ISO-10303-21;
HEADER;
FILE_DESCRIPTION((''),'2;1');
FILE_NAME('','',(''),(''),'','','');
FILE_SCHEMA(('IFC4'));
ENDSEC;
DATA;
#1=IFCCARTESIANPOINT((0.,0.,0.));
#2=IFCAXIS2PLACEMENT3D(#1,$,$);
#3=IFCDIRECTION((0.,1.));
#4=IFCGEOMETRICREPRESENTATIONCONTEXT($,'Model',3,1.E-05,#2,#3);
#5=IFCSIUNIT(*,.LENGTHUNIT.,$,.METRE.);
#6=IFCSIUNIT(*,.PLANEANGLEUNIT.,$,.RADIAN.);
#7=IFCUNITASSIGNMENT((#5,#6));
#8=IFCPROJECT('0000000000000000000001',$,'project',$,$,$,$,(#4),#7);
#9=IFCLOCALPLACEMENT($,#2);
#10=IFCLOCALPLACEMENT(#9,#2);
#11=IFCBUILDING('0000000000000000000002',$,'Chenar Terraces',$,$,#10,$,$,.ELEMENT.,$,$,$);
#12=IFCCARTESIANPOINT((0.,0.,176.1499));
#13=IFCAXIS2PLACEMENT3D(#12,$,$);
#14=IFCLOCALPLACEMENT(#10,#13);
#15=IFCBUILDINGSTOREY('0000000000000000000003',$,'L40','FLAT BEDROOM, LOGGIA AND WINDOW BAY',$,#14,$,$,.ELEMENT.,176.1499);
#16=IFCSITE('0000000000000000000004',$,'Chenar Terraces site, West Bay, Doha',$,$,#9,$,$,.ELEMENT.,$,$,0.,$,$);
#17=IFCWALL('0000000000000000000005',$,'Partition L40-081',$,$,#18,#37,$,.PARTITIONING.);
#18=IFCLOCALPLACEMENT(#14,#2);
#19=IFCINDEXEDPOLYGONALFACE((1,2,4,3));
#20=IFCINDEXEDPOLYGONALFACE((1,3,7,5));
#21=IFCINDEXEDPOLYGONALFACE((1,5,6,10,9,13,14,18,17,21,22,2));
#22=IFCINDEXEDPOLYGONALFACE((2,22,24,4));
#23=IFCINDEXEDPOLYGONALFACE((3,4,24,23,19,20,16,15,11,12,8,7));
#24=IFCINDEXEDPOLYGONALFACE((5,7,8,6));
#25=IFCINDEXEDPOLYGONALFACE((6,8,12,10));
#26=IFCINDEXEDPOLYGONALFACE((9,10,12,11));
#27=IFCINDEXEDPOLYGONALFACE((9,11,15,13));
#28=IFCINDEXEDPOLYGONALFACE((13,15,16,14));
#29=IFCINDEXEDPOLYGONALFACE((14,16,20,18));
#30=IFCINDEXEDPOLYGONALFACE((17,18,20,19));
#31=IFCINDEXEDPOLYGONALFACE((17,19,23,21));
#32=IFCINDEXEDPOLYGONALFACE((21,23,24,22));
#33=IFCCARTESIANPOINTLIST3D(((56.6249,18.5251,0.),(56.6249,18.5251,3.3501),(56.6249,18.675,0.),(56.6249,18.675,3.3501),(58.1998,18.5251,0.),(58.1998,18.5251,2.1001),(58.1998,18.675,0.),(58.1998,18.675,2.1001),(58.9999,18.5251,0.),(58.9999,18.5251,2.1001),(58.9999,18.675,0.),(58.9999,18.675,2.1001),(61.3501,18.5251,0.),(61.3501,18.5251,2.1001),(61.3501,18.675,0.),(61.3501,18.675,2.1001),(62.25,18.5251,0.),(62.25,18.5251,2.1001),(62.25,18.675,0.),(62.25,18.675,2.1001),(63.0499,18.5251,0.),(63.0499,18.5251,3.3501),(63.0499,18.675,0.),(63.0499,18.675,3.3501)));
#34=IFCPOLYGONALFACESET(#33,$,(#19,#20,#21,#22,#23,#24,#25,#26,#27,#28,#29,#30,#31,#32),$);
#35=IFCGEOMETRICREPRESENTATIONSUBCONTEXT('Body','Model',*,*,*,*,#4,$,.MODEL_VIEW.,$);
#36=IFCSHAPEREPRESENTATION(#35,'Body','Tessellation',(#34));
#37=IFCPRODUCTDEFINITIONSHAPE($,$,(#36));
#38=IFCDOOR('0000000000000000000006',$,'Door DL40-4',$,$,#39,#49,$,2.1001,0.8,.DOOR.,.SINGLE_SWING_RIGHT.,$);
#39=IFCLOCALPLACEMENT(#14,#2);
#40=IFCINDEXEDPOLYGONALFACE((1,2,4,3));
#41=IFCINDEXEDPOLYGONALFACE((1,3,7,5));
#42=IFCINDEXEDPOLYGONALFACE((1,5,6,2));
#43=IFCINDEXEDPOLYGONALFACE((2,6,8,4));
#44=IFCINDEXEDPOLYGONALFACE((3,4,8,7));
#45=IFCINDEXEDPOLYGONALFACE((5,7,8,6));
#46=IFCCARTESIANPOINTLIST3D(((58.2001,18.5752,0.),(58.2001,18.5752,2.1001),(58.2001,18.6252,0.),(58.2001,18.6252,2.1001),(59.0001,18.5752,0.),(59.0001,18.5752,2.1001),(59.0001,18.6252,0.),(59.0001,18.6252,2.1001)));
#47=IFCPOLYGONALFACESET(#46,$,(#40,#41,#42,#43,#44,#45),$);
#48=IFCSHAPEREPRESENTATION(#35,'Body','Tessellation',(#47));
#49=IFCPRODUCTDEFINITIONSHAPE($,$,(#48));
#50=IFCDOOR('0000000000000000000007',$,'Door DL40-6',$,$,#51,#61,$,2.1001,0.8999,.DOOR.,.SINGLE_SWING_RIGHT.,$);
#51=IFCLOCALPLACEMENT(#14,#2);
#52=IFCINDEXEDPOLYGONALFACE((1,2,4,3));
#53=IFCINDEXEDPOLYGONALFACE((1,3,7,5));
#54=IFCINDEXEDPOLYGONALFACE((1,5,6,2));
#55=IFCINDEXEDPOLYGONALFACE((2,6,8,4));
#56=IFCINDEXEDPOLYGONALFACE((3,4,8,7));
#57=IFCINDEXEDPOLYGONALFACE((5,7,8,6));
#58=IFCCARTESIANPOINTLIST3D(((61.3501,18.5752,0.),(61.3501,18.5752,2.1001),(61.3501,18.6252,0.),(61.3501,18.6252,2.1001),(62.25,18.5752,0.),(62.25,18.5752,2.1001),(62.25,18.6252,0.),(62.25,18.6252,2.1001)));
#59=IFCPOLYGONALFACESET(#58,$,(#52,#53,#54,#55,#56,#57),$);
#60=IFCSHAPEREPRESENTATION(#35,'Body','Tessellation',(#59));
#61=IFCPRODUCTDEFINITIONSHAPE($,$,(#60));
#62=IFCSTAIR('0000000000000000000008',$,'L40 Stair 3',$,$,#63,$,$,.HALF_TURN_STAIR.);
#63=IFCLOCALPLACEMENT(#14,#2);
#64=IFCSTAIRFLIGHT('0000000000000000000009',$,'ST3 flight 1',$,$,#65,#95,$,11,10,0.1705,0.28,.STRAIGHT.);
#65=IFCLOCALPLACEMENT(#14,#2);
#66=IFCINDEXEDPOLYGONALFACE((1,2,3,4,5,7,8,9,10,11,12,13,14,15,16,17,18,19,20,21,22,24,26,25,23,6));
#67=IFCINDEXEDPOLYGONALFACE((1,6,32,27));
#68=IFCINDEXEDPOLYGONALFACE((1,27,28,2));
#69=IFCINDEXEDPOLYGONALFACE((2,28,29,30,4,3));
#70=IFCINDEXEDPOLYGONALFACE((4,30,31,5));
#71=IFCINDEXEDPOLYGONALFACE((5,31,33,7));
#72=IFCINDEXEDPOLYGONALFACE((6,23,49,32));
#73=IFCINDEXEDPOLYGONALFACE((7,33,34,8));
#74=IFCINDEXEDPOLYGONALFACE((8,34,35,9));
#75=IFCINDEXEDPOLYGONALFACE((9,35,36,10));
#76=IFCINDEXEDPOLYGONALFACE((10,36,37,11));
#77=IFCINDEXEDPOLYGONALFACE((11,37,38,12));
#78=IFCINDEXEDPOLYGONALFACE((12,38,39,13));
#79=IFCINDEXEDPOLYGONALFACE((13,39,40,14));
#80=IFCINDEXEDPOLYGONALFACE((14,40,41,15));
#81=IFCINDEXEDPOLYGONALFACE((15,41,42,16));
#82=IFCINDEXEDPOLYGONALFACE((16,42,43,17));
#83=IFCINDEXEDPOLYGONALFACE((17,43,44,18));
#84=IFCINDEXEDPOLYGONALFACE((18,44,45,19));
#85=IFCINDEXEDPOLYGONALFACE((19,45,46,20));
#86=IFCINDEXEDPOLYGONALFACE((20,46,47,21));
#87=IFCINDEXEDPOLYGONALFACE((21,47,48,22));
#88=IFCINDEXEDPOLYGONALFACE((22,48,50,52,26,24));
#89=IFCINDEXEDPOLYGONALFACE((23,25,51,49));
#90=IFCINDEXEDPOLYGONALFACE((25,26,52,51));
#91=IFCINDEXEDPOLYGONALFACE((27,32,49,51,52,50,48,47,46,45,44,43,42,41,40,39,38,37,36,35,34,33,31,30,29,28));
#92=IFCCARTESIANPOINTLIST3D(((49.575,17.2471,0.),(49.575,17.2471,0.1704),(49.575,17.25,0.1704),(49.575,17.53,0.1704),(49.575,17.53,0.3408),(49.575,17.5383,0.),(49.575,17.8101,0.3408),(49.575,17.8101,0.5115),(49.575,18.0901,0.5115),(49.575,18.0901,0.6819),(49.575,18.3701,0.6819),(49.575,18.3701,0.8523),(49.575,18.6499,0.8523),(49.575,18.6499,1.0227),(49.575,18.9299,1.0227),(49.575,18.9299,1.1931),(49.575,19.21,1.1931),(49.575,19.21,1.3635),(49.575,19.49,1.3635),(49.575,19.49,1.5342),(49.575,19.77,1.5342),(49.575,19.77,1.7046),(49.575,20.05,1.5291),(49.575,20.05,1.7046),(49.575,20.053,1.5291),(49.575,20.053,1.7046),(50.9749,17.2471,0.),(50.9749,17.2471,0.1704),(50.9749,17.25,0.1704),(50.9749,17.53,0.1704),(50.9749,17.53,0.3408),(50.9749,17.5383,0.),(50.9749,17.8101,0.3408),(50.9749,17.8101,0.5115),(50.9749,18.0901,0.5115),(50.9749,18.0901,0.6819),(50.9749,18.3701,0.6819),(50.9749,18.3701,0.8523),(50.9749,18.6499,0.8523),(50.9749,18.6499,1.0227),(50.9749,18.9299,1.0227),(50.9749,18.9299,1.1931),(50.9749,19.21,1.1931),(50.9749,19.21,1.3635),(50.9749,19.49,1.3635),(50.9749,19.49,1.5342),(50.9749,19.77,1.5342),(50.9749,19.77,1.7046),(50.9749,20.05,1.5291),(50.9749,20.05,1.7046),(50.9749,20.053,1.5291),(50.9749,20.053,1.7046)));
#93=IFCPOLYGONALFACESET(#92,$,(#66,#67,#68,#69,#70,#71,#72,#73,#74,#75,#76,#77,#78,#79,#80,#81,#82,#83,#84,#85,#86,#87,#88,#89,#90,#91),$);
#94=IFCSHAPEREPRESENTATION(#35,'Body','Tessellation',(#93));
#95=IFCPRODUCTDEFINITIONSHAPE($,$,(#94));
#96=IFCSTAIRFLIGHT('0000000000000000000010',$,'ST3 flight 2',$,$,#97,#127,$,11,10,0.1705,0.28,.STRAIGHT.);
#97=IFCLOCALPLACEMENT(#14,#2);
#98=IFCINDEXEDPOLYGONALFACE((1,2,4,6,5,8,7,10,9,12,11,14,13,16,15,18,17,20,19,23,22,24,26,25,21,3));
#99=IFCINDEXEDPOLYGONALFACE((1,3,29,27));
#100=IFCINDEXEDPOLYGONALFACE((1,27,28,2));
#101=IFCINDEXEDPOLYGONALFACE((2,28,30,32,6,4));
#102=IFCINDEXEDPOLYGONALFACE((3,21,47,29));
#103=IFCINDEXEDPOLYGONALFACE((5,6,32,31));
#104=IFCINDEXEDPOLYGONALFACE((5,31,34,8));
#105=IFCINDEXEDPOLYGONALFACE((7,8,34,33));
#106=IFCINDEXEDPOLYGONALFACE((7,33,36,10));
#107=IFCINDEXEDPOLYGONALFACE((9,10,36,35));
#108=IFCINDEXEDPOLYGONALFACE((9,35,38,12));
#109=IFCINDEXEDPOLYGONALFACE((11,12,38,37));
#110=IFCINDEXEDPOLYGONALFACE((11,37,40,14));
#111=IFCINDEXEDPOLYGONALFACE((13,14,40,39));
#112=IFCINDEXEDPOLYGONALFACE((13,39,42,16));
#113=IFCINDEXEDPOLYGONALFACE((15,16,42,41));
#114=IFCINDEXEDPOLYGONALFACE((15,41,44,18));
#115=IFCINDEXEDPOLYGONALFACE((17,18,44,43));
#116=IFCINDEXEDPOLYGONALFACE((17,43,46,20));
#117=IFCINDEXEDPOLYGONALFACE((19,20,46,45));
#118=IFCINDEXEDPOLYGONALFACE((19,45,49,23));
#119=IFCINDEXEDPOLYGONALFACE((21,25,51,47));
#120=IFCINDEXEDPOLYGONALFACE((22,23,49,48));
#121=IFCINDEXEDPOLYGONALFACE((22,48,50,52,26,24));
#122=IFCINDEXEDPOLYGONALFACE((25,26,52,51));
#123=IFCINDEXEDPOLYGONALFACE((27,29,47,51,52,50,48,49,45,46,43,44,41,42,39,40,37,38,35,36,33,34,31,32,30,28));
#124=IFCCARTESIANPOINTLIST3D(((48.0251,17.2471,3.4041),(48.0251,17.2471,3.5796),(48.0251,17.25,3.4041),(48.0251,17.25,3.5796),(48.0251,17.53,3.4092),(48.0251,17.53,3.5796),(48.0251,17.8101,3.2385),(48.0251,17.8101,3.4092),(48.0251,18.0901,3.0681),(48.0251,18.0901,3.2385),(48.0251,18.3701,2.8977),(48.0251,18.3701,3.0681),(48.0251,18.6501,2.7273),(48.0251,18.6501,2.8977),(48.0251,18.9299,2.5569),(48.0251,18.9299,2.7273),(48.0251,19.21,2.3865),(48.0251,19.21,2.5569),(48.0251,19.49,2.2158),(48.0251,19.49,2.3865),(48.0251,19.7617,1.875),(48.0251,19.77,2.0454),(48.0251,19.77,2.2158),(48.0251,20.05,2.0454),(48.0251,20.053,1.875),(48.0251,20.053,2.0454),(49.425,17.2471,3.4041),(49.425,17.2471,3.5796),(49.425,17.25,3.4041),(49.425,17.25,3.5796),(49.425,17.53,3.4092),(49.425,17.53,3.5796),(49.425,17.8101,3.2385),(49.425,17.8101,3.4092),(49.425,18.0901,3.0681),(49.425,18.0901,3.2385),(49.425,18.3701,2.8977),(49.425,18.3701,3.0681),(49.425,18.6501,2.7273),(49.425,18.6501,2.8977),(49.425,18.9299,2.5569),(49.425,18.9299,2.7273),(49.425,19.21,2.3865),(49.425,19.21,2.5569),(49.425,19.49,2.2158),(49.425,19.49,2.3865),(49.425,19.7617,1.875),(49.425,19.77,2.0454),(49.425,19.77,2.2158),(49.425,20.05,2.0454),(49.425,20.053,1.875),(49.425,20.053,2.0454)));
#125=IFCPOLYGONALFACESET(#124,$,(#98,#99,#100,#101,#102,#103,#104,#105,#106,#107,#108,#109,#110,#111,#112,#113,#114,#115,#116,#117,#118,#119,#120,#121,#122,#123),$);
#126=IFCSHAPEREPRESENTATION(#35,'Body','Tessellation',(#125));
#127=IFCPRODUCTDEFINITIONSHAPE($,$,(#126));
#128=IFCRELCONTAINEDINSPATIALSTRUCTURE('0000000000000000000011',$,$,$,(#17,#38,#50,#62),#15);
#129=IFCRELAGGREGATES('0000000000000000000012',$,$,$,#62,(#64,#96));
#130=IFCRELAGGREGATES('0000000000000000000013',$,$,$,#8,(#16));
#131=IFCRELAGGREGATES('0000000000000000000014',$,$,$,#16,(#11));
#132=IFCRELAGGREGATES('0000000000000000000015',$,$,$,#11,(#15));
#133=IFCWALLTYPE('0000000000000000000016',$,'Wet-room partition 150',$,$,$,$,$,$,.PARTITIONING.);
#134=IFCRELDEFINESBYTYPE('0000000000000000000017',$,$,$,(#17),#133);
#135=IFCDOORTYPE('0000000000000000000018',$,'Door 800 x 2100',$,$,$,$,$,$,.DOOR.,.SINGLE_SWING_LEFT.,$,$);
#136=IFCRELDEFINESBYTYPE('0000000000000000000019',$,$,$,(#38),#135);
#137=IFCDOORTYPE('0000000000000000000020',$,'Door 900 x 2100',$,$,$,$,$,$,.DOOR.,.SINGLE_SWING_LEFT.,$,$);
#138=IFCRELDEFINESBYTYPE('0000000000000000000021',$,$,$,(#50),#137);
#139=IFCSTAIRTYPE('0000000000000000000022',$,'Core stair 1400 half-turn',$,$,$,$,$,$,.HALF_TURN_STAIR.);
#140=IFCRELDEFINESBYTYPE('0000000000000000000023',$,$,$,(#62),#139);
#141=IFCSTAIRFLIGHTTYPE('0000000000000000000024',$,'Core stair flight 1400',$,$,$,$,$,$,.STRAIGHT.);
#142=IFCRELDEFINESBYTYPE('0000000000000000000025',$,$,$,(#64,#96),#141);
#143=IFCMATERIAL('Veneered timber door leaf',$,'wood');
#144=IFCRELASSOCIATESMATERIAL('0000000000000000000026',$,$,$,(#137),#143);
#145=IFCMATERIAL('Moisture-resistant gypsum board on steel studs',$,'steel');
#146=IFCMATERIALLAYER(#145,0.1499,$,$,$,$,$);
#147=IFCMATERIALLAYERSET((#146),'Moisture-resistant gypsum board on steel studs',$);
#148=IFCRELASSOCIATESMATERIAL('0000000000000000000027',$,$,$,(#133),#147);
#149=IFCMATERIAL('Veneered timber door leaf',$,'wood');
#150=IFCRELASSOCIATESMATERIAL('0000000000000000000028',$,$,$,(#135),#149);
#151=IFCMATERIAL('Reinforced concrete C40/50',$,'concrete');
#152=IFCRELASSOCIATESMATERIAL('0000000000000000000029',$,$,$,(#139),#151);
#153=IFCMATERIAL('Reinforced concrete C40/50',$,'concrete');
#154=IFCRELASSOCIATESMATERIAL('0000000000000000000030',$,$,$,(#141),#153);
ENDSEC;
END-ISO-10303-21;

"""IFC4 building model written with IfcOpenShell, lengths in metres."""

from ifc_helpers import new_model, si_unit, direction, frame, frame_2d, origin, place, context, subcontext, project, spatial, polyline, rectangle, outline, extrude, material, layer, layer_set, type_object, element, fill, aggregate, save


model = new_model("IFC4")

# Units and contexts
model_context = context("Model", 3, precision=1e-05, world=origin(), true_north=direction((0.0, 1.0)))
body_context = subcontext(model_context, "Body", "Model", "MODEL_VIEW")
ifc_project = project(units=[si_unit("LENGTHUNIT", "METRE"), si_unit("PLANEANGLEUNIT", "RADIAN")], contexts=[model_context])

# Site, building, storey
site_placement = place(None, origin())
site = spatial("IfcSite", under=ifc_project, at=site_placement, Name="Chenar Terraces site, West Bay, Doha", CompositionType="ELEMENT", RefElevation=0.0)
building_placement = place(site_placement, origin())
building = spatial("IfcBuilding", under=site, at=building_placement, Name="Chenar Terraces", CompositionType="ELEMENT")
storey_placement = place(building_placement, frame((0.0, 0.0, 176.1499)))
storey = spatial("IfcBuildingStorey", under=building, at=storey_placement, Name="L40", Description="FLAT BEDROOM, LOGGIA AND WINDOW BAY", CompositionType="ELEMENT", Elevation=176.1499)

# Shared definitions
ifc_material_1 = material(Name="Veneered timber door leaf", Category="wood")
door_type_1 = type_object("IfcDoorType", Name="Door 900 x 2100", OperationType="SINGLE_SWING_LEFT", PredefinedType="DOOR", material=ifc_material_1)

# Wall, openings, doors
ifc_material_2 = material(Name="Moisture-resistant gypsum board on steel studs", Category="steel")
ifc_layer_1 = layer(ifc_material_2, 0.1499)
ifc_layer_set_1 = layer_set([ifc_layer_1], Name="Moisture-resistant gypsum board on steel studs")
wall_type_1 = type_object("IfcWallType", Name="Wet-room partition 150", PredefinedType="PARTITIONING", material=ifc_layer_set_1)
wall_1_placement = place(storey_placement, frame((56.625, 18.6001, 0.0), z_axis=(0.0, 0.0, 1.0), x_axis=(1.0, 0.0, 0.0)))
wall_1 = element("IfcWall", 1, at=wall_1_placement, inside=storey, type_object=wall_type_1, Name="Partition L40-081", PredefinedType="PARTITIONING", context=body_context, shape_type="SweptSolid", body=[
    extrude(rectangle(XDim=6.425, YDim=0.1499, at=frame_2d((3.2124, 0.0))), origin(), (0.0, 0.0, 1.0), 3.3501),
])
opening_1_placement = place(wall_1_placement, frame((1.575, 0.0, 0.0)))
opening_1 = element("IfcOpeningElement", 2, at=opening_1_placement, cuts=wall_1, PredefinedType="OPENING", context=body_context, shape_type="SweptSolid", body=[
    extrude(rectangle(XDim=0.8, YDim=2.1001, at=frame_2d((0.3999, 1.05))), frame((0.0, 0.085, 0.0), z_axis=(0.0, -1.0, 0.0), x_axis=(1.0, 0.0, 0.0)), (0.0, 0.0, 1.0), 0.1699),
])
opening_2_placement = place(wall_1_placement, frame((4.7251, 0.0, 0.0)))
opening_2 = element("IfcOpeningElement", 3, at=opening_2_placement, cuts=wall_1, PredefinedType="OPENING", context=body_context, shape_type="SweptSolid", body=[
    extrude(rectangle(XDim=0.8999, YDim=2.1001, at=frame_2d((0.45, 1.05))), frame((0.0, 0.085, 0.0), z_axis=(0.0, -1.0, 0.0), x_axis=(1.0, 0.0, 0.0)), (0.0, 0.0, 1.0), 0.1699),
])
ifc_material_3 = material(Name="Veneered timber door leaf", Category="wood")
door_type_2 = type_object("IfcDoorType", Name="Door 800 x 2100", OperationType="SINGLE_SWING_LEFT", PredefinedType="DOOR", material=ifc_material_3)
door_1_placement = place(opening_1_placement, frame((0.8, 0.0, 0.0), z_axis=(0.0, 0.0, 1.0), x_axis=(-1.0, 0.0, 0.0)))
door_1 = element("IfcDoor", 4, at=door_1_placement, inside=storey, type_object=door_type_2, Name="Door DL40-4", OperationType="SINGLE_SWING_RIGHT", OverallHeight=2.1001, OverallWidth=0.8, PredefinedType="DOOR", context=body_context, shape_type="SweptSolid", body=[
    extrude(rectangle(XDim=0.8, YDim=2.1001, at=frame_2d((0.3999, 1.05))), frame((0.0, 0.0249, 0.0), z_axis=(0.0, -1.0, 0.0), x_axis=(1.0, 0.0, 0.0)), (0.0, 0.0, 1.0), 0.05),
])
fill(opening_1, door_1)
door_2_placement = place(opening_2_placement, frame((0.8999, 0.0, 0.0), z_axis=(0.0, 0.0, 1.0), x_axis=(-1.0, 0.0, 0.0)))
door_2 = element("IfcDoor", 5, at=door_2_placement, inside=storey, type_object=door_type_1, Name="Door DL40-6", OperationType="SINGLE_SWING_RIGHT", OverallHeight=2.1001, OverallWidth=0.8999, PredefinedType="DOOR", context=body_context, shape_type="SweptSolid", body=[
    extrude(rectangle(XDim=0.8999, YDim=2.1001, at=frame_2d((0.45, 1.05))), frame((0.0, 0.0249, 0.0), z_axis=(0.0, -1.0, 0.0), x_axis=(1.0, 0.0, 0.0)), (0.0, 0.0, 1.0), 0.05),
])
fill(opening_2, door_2)

# Stair, stair flights
ifc_material_4 = material(Name="Reinforced concrete C40/50", Category="concrete")
stair_type = type_object("IfcStairType", Name="Core stair 1400 half-turn", PredefinedType="HALF_TURN_STAIR", material=ifc_material_4)
stair_placement = place(storey_placement, origin())
stair = element("IfcStair", 6, at=stair_placement, inside=storey, type_object=stair_type, Name="L40 Stair 3", PredefinedType="HALF_TURN_STAIR")
ifc_material_5 = material(Name="Reinforced concrete C40/50", Category="concrete")
stair_flight_type = type_object("IfcStairFlightType", Name="Core stair flight 1400", PredefinedType="STRAIGHT", material=ifc_material_5)
stair_flight_1_placement = place(storey_placement, frame((50.2749, 17.25, 0.0), z_axis=(0.0, 0.0, 1.0), x_axis=(0.0, 1.0, 0.0)))
stair_flight_1 = element("IfcStairFlight", 7, at=stair_flight_1_placement, type_object=stair_flight_type, Name="ST3 flight 1", NumberOfRisers=11, NumberOfTreads=10, PredefinedType="STRAIGHT", RiserHeight=0.1705, TreadLength=0.28, context=body_context, shape_type="SweptSolid", body=[
    extrude(outline(polyline([(-0.0029, 0.0), (-0.0029, 0.1704), (0.0, 0.1704), (0.28, 0.1704), (0.28, 0.3408), (0.5601, 0.3408), (0.5601, 0.5115), (0.8401, 0.5115), (0.8401, 0.6819), (1.1201, 0.6819), (1.1201, 0.8523), (1.3999, 0.8523), (1.3999, 1.0227), (1.6799, 1.0227), (1.6799, 1.1931), (1.96, 1.1931), (1.96, 1.3635), (2.24, 1.3635), (2.24, 1.5342), (2.52, 1.5342), (2.52, 1.7046), (2.8, 1.7046), (2.803, 1.7046), (2.803, 1.5291), (2.8, 1.5291), (0.2883, 0.0), (-0.0029, 0.0)])), frame((0.0, 0.7, 0.0), z_axis=(0.0, -1.0, 0.0), x_axis=(1.0, 0.0, 0.0)), (0.0, 0.0, 1.0), 1.3999),
])
stair_flight_2_placement = place(storey_placement, frame((48.7251, 20.05, 1.875), z_axis=(0.0, 0.0, 1.0), x_axis=(0.0, -1.0, 0.0)))
stair_flight_2 = element("IfcStairFlight", 8, at=stair_flight_2_placement, type_object=stair_flight_type, Name="ST3 flight 2", NumberOfRisers=11, NumberOfTreads=10, PredefinedType="STRAIGHT", RiserHeight=0.1705, TreadLength=0.28, context=body_context, shape_type="SweptSolid", body=[
    extrude(outline(polyline([(-0.0029, 0.0), (-0.0029, 0.1704), (0.0, 0.1704), (0.28, 0.1704), (0.28, 0.3408), (0.5601, 0.3408), (0.5601, 0.5115), (0.8401, 0.5115), (0.8401, 0.6819), (1.1201, 0.6819), (1.1201, 0.8523), (1.3999, 0.8523), (1.3999, 1.0227), (1.6799, 1.0227), (1.6799, 1.1931), (1.96, 1.1931), (1.96, 1.3635), (2.24, 1.3635), (2.24, 1.5342), (2.52, 1.5342), (2.52, 1.7046), (2.8, 1.7046), (2.803, 1.7046), (2.803, 1.5291), (2.8, 1.5291), (0.2883, 0.0), (-0.0029, 0.0)])), frame((0.0, 0.7, 0.0), z_axis=(0.0, -1.0, 0.0), x_axis=(1.0, 0.0, 0.0)), (0.0, 0.0, 1.0), 1.3999),
])
aggregate(stair, [stair_flight_1, stair_flight_2])

save(model, "model.ifc")
